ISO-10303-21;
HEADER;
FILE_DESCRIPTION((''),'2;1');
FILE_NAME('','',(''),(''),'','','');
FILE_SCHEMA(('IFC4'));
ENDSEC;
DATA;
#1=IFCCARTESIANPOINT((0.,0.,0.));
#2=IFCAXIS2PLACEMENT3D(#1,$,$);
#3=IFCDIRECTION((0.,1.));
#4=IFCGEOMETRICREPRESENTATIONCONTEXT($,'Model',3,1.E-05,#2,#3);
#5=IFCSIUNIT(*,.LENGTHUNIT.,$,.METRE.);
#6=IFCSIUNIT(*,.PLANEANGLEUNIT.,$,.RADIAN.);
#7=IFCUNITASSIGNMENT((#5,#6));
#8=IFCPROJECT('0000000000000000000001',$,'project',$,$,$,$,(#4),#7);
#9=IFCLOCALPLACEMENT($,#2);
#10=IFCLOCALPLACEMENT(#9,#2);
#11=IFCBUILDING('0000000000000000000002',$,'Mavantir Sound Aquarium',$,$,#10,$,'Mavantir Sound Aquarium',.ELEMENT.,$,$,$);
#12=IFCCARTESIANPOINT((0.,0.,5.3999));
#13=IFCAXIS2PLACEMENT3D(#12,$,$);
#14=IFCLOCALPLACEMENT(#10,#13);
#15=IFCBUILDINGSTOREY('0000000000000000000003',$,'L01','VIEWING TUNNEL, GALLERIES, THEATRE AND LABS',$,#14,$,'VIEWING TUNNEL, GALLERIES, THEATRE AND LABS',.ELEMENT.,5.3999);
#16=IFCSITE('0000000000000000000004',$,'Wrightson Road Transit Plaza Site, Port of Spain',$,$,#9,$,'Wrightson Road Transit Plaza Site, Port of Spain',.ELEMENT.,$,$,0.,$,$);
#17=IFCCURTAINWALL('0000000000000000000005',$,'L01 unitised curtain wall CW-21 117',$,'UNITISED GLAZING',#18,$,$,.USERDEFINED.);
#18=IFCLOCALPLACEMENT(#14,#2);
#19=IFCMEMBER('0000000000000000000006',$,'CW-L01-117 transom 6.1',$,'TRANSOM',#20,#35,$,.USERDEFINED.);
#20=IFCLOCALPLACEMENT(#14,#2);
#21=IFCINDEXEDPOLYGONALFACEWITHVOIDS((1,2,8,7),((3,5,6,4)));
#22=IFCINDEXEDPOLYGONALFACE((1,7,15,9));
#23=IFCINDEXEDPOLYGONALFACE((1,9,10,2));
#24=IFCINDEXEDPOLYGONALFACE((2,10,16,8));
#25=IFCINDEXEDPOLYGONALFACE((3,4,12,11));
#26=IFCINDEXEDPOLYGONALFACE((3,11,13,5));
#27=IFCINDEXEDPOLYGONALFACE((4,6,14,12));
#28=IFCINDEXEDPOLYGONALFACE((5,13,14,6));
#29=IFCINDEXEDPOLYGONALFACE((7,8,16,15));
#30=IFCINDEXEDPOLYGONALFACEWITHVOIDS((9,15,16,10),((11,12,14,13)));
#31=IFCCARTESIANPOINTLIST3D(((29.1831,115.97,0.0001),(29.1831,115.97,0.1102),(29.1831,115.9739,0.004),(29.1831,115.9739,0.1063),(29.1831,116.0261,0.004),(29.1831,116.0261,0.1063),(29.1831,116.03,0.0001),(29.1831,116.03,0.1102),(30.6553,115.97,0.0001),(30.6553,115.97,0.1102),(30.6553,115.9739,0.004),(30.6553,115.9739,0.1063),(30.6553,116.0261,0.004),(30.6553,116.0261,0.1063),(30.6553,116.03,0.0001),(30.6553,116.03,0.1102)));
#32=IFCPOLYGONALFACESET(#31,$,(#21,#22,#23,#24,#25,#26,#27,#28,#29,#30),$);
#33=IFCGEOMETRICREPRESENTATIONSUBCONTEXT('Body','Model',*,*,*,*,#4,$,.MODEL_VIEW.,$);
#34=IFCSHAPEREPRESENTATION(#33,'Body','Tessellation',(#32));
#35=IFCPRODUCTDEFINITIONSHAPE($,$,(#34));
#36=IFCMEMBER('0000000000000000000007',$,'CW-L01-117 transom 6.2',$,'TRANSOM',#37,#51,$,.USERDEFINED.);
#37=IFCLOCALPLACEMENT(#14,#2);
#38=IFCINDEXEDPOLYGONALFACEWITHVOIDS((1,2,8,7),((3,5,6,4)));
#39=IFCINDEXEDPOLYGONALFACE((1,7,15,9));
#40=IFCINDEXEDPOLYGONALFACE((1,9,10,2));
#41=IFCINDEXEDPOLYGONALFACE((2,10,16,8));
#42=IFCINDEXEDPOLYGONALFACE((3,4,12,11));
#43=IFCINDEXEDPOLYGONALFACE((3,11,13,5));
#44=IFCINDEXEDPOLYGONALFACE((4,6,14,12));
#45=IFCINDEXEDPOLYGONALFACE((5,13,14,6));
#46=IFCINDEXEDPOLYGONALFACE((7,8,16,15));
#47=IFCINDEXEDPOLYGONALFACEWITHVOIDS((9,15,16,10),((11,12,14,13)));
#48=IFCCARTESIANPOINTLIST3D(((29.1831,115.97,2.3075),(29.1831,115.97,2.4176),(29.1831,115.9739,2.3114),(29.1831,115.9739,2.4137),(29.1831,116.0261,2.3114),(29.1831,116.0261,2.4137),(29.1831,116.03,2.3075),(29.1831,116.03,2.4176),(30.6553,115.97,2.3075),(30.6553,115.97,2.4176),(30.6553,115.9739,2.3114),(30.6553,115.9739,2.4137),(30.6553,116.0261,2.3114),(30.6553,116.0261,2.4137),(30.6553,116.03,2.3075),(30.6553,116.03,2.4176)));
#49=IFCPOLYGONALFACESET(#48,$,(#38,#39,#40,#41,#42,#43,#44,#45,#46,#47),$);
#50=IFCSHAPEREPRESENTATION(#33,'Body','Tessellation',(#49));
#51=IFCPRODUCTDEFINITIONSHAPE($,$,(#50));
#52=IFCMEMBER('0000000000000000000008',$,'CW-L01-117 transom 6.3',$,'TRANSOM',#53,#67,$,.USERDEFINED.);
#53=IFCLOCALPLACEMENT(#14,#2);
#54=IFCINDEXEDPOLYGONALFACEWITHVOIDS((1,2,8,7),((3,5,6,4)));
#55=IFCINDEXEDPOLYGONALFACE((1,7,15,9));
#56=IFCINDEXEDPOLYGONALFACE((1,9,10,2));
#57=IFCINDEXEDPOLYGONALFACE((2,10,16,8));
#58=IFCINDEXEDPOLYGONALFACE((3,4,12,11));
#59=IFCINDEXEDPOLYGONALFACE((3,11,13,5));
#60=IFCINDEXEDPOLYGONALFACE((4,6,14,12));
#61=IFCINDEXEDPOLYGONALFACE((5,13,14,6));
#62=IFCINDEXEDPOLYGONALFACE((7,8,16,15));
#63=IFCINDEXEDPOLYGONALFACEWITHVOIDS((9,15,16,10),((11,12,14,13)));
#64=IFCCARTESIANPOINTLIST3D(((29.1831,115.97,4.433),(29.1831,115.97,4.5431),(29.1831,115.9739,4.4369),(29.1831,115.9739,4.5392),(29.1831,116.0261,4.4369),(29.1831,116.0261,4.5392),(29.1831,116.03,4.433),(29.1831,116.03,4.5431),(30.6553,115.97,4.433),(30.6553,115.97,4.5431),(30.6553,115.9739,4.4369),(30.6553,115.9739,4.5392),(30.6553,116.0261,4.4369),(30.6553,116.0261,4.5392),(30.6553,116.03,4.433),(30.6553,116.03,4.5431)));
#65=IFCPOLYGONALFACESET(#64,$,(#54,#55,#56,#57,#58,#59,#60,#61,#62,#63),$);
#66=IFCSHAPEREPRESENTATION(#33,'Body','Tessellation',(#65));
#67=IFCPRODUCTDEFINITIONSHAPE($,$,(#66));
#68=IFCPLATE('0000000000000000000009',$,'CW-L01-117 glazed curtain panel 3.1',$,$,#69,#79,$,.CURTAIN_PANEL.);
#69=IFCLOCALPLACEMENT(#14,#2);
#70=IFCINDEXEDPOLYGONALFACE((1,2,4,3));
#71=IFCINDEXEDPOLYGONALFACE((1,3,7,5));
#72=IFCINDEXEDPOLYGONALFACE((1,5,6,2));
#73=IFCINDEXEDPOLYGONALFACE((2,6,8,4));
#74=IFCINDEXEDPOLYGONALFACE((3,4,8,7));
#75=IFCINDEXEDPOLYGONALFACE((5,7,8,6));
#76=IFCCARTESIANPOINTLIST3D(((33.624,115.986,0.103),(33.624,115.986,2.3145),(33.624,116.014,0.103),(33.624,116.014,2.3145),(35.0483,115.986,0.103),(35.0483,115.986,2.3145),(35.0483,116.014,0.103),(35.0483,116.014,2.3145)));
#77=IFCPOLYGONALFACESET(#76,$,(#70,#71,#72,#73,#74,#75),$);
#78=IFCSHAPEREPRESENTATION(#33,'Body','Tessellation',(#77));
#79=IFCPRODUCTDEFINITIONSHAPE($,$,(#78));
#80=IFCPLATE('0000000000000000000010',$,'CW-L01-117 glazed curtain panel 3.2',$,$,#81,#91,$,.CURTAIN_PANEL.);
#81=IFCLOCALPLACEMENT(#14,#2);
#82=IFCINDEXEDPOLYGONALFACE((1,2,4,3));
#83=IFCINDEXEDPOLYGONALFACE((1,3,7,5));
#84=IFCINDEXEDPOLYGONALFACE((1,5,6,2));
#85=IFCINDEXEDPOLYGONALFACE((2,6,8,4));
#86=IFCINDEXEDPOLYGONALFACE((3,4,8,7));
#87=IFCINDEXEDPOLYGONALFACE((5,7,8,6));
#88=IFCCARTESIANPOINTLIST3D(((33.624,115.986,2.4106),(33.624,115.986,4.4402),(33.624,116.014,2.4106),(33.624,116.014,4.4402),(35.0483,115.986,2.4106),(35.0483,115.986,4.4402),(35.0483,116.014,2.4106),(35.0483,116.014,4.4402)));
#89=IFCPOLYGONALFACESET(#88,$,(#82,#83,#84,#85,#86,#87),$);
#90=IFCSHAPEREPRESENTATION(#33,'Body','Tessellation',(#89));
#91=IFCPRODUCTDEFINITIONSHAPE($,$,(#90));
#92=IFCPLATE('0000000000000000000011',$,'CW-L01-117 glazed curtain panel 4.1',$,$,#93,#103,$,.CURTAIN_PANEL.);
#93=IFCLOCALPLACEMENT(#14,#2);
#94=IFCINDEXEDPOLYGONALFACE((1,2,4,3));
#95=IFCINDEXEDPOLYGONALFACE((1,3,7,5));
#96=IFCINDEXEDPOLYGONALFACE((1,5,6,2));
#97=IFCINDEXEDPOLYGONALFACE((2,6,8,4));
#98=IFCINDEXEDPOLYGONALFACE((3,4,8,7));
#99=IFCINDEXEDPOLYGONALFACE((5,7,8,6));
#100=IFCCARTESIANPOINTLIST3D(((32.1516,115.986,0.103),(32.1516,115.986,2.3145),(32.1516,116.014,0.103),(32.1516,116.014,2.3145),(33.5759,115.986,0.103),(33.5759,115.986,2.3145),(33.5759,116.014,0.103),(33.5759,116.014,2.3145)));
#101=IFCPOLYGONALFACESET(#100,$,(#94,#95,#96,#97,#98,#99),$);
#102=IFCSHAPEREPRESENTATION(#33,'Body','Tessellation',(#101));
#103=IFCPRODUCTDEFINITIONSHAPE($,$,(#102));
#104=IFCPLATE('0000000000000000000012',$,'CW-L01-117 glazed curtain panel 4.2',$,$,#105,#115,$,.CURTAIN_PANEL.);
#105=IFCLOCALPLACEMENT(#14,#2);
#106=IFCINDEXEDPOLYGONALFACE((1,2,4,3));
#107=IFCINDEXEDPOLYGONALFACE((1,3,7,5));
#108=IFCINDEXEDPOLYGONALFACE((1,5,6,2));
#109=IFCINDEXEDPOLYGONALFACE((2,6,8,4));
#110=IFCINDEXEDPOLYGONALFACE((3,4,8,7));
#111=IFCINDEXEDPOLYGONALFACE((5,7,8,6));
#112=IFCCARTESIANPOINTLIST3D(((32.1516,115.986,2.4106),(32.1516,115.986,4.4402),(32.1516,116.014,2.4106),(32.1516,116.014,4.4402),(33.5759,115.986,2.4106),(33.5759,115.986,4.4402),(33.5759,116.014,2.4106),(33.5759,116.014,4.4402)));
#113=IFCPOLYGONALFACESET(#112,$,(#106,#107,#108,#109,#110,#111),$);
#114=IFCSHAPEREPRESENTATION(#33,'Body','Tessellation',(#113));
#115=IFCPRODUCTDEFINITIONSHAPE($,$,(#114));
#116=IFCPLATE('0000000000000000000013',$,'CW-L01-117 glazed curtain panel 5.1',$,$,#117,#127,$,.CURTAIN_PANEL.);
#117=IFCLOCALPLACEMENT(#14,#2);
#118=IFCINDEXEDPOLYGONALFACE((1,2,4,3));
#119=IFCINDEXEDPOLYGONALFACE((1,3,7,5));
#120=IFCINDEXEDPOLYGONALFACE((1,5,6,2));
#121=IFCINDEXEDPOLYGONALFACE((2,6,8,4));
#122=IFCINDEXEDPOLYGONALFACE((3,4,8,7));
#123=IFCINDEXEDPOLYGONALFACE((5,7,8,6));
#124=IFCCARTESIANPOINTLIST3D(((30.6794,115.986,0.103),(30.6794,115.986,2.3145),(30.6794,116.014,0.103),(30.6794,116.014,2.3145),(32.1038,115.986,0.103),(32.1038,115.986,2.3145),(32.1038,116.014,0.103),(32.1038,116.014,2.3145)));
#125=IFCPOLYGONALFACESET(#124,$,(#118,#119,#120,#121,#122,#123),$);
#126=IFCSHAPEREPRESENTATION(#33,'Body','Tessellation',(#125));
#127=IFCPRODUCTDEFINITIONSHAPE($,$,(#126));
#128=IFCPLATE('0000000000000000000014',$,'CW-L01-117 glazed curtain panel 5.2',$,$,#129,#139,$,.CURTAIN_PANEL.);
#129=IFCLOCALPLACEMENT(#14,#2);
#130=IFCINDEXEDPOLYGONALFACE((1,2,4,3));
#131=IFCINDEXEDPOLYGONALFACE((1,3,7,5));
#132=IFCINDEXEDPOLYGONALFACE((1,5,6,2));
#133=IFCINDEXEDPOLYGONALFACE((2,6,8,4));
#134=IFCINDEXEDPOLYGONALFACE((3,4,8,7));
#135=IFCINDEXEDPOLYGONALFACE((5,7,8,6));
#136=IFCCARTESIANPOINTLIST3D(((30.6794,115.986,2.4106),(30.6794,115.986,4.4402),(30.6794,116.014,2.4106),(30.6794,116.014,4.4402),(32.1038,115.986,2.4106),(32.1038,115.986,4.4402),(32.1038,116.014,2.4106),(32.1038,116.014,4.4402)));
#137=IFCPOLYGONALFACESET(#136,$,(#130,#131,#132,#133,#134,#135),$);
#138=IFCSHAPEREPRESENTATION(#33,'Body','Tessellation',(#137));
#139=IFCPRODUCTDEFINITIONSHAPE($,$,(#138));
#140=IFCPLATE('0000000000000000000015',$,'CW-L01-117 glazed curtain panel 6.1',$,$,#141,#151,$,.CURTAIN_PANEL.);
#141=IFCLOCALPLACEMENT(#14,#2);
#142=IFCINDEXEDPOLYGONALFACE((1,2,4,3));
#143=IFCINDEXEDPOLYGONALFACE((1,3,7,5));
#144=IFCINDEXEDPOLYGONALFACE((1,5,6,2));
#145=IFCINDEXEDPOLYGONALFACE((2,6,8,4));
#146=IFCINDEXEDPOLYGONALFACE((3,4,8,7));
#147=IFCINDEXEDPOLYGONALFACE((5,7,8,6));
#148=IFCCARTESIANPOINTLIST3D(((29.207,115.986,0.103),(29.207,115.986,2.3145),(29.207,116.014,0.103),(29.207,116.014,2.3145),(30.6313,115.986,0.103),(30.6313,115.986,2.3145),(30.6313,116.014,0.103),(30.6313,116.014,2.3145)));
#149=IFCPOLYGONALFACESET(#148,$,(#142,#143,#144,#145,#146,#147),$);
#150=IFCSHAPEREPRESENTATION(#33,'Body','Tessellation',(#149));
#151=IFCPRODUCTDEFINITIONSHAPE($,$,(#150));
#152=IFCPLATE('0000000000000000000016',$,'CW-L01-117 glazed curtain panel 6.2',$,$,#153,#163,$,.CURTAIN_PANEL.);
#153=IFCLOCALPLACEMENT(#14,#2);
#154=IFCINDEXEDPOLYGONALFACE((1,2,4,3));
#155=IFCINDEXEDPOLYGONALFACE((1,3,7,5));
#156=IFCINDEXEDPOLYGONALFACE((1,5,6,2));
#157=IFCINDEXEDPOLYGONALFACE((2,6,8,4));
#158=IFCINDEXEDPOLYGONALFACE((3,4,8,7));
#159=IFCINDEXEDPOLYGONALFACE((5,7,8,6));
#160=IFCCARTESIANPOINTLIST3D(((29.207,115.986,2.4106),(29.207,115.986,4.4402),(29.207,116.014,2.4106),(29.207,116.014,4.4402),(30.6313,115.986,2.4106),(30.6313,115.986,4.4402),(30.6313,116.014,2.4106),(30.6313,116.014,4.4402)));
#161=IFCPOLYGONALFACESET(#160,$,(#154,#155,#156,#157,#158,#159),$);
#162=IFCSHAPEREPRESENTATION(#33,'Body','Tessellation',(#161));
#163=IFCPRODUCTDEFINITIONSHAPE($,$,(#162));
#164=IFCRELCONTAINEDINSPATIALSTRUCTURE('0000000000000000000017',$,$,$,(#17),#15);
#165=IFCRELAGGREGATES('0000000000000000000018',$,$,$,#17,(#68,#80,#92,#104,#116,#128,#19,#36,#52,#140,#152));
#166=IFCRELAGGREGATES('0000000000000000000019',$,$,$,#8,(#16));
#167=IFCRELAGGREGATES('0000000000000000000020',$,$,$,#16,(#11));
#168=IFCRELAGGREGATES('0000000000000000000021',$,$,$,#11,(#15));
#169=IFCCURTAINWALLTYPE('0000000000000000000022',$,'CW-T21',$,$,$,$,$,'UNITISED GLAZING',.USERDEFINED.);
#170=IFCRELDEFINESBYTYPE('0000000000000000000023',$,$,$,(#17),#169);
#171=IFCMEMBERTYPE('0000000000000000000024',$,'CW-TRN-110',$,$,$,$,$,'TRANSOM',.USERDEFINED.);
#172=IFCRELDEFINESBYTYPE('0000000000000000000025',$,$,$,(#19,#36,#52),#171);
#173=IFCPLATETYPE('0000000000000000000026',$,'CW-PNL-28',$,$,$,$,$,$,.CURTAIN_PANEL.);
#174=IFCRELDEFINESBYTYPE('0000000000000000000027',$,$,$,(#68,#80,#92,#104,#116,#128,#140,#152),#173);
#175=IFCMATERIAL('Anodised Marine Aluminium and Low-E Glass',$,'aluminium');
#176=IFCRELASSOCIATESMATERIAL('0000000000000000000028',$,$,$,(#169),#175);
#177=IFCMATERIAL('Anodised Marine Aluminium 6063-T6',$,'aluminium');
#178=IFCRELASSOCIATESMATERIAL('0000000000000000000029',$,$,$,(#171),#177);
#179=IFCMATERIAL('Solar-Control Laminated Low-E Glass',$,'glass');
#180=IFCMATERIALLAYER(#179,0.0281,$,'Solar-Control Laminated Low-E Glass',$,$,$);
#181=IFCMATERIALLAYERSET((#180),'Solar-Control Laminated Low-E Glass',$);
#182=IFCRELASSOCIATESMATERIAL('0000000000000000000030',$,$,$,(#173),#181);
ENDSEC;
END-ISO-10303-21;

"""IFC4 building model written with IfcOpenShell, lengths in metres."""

from ifc_helpers import new_model, si_unit, direction, frame, origin, origin_2d, place, context, subcontext, project, spatial, rectangle, hollow_rectangle, extrude, material, layer, layer_set, material_profile, profile_set, type_object, element, aggregate, save


model = new_model("IFC4")

# Units and contexts
model_context = context("Model", 3, precision=1e-05, world=origin(), true_north=direction((0.0, 1.0)))
body_context = subcontext(model_context, "Body", "Model", "MODEL_VIEW")
ifc_project = project(units=[si_unit("LENGTHUNIT", "METRE"), si_unit("PLANEANGLEUNIT", "RADIAN")], contexts=[model_context])

# Site, building, storey
site_placement = place(None, origin())
site = spatial("IfcSite", under=ifc_project, at=site_placement, Name="Wrightson Road Transit Plaza Site, Port of Spain", LongName="Wrightson Road Transit Plaza Site, Port of Spain", CompositionType="ELEMENT", RefElevation=0.0)
building_placement = place(site_placement, origin())
building = spatial("IfcBuilding", under=site, at=building_placement, Name="Mavantir Sound Aquarium", LongName="Mavantir Sound Aquarium", CompositionType="ELEMENT")
storey_placement = place(building_placement, frame((0.0, 0.0, 5.3999)))
storey = spatial("IfcBuildingStorey", under=building, at=storey_placement, Name="L01", Description="VIEWING TUNNEL, GALLERIES, THEATRE AND LABS", LongName="VIEWING TUNNEL, GALLERIES, THEATRE AND LABS", CompositionType="ELEMENT", Elevation=5.3999)

# Curtain wall, members, plates
ifc_material_1 = material(Name="Anodised Marine Aluminium and Low-E Glass", Category="aluminium")
curtain_wall_type = type_object("IfcCurtainWallType", Name="CW-T21", ElementType="UNITISED GLAZING", PredefinedType="USERDEFINED", material=ifc_material_1)
curtain_wall_placement = place(storey_placement, origin())
curtain_wall = element("IfcCurtainWall", 1, at=curtain_wall_placement, inside=storey, type_object=curtain_wall_type, Name="L01 unitised curtain wall CW-21 117", ObjectType="UNITISED GLAZING", PredefinedType="USERDEFINED")
ifc_material_2 = material(Name="Anodised Marine Aluminium 6063-T6", Category="aluminium")
ifc_material_profile_1 = material_profile(ifc_material_2, hollow_rectangle(XDim=0.0601, YDim=0.1101, WallThickness=0.0039, at=origin_2d()), Name="ALU-TRANSOM-110X60")
ifc_profile_set_1 = profile_set([ifc_material_profile_1], Name="Anodised Marine Aluminium 6063-T6")
member_type_1 = type_object("IfcMemberType", Name="CW-TRN-110", ElementType="TRANSOM", PredefinedType="USERDEFINED", material=ifc_profile_set_1)
member_1_placement = place(storey_placement, frame((30.6553, 116.0, 0.0552), z_axis=(-1.0, 0.0, 0.0), x_axis=(0.0, -1.0, 0.0)))
member_1 = element("IfcMember", 2, at=member_1_placement, type_object=member_type_1, Name="CW-L01-117 transom 6.1", ObjectType="TRANSOM", PredefinedType="USERDEFINED", context=body_context, shape_type="SweptSolid", body=[
    extrude(hollow_rectangle(XDim=0.0601, YDim=0.1101, WallThickness=0.0039, at=origin_2d()), origin(), (0.0, 0.0, 1.0), 1.4722),
])
member_2_placement = place(storey_placement, frame((30.6553, 116.0, 2.3625), z_axis=(-1.0, 0.0, 0.0), x_axis=(0.0, -1.0, 0.0)))
member_2 = element("IfcMember", 3, at=member_2_placement, type_object=member_type_1, Name="CW-L01-117 transom 6.2", ObjectType="TRANSOM", PredefinedType="USERDEFINED", context=body_context, shape_type="SweptSolid", body=[
    extrude(hollow_rectangle(XDim=0.0601, YDim=0.1101, WallThickness=0.0039, at=origin_2d()), origin(), (0.0, 0.0, 1.0), 1.4722),
])
member_3_placement = place(storey_placement, frame((30.6553, 116.0, 4.488), z_axis=(-1.0, 0.0, 0.0), x_axis=(0.0, -1.0, 0.0)))
member_3 = element("IfcMember", 4, at=member_3_placement, type_object=member_type_1, Name="CW-L01-117 transom 6.3", ObjectType="TRANSOM", PredefinedType="USERDEFINED", context=body_context, shape_type="SweptSolid", body=[
    extrude(hollow_rectangle(XDim=0.0601, YDim=0.1101, WallThickness=0.0039, at=origin_2d()), origin(), (0.0, 0.0, 1.0), 1.4722),
])
ifc_material_3 = material(Name="Solar-Control Laminated Low-E Glass", Category="glass")
ifc_layer = layer(ifc_material_3, 0.0281, Name="Solar-Control Laminated Low-E Glass")
ifc_layer_set = layer_set([ifc_layer], Name="Solar-Control Laminated Low-E Glass")
plate_type = type_object("IfcPlateType", Name="CW-PNL-28", PredefinedType="CURTAIN_PANEL", material=ifc_layer_set)
plate_1_placement = place(storey_placement, frame((34.3362, 116.0, 0.103), z_axis=(0.0, 0.0, 1.0), x_axis=(-1.0, 0.0, 0.0)))
plate_1 = element("IfcPlate", 5, at=plate_1_placement, type_object=plate_type, Name="CW-L01-117 glazed curtain panel 3.1", PredefinedType="CURTAIN_PANEL", context=body_context, shape_type="SweptSolid", body=[
    extrude(rectangle(XDim=1.4243, YDim=0.0281, at=origin_2d()), origin(), (0.0, 0.0, 1.0), 2.2114),
])
plate_2_placement = place(storey_placement, frame((34.3362, 116.0, 2.4106), z_axis=(0.0, 0.0, 1.0), x_axis=(-1.0, 0.0, 0.0)))
plate_2 = element("IfcPlate", 6, at=plate_2_placement, type_object=plate_type, Name="CW-L01-117 glazed curtain panel 3.2", PredefinedType="CURTAIN_PANEL", context=body_context, shape_type="SweptSolid", body=[
    extrude(rectangle(XDim=1.4243, YDim=0.0281, at=origin_2d()), origin(), (0.0, 0.0, 1.0), 2.0295),
])
plate_3_placement = place(storey_placement, frame((32.8638, 116.0, 0.103), z_axis=(0.0, 0.0, 1.0), x_axis=(-1.0, 0.0, 0.0)))
plate_3 = element("IfcPlate", 7, at=plate_3_placement, type_object=plate_type, Name="CW-L01-117 glazed curtain panel 4.1", PredefinedType="CURTAIN_PANEL", context=body_context, shape_type="SweptSolid", body=[
    extrude(rectangle(XDim=1.4243, YDim=0.0281, at=origin_2d()), origin(), (0.0, 0.0, 1.0), 2.2114),
])
plate_4_placement = place(storey_placement, frame((32.8638, 116.0, 2.4106), z_axis=(0.0, 0.0, 1.0), x_axis=(-1.0, 0.0, 0.0)))
plate_4 = element("IfcPlate", 8, at=plate_4_placement, type_object=plate_type, Name="CW-L01-117 glazed curtain panel 4.2", PredefinedType="CURTAIN_PANEL", context=body_context, shape_type="SweptSolid", body=[
    extrude(rectangle(XDim=1.4243, YDim=0.0281, at=origin_2d()), origin(), (0.0, 0.0, 1.0), 2.0295),
])
plate_5_placement = place(storey_placement, frame((31.3916, 116.0, 0.103), z_axis=(0.0, 0.0, 1.0), x_axis=(-1.0, 0.0, 0.0)))
plate_5 = element("IfcPlate", 9, at=plate_5_placement, type_object=plate_type, Name="CW-L01-117 glazed curtain panel 5.1", PredefinedType="CURTAIN_PANEL", context=body_context, shape_type="SweptSolid", body=[
    extrude(rectangle(XDim=1.4243, YDim=0.0281, at=origin_2d()), origin(), (0.0, 0.0, 1.0), 2.2114),
])
plate_6_placement = place(storey_placement, frame((31.3916, 116.0, 2.4106), z_axis=(0.0, 0.0, 1.0), x_axis=(-1.0, 0.0, 0.0)))
plate_6 = element("IfcPlate", 10, at=plate_6_placement, type_object=plate_type, Name="CW-L01-117 glazed curtain panel 5.2", PredefinedType="CURTAIN_PANEL", context=body_context, shape_type="SweptSolid", body=[
    extrude(rectangle(XDim=1.4243, YDim=0.0281, at=origin_2d()), origin(), (0.0, 0.0, 1.0), 2.0295),
])
plate_7_placement = place(storey_placement, frame((29.9192, 116.0, 0.103), z_axis=(0.0, 0.0, 1.0), x_axis=(-1.0, 0.0, 0.0)))
plate_7 = element("IfcPlate", 11, at=plate_7_placement, type_object=plate_type, Name="CW-L01-117 glazed curtain panel 6.1", PredefinedType="CURTAIN_PANEL", context=body_context, shape_type="SweptSolid", body=[
    extrude(rectangle(XDim=1.4243, YDim=0.0281, at=origin_2d()), origin(), (0.0, 0.0, 1.0), 2.2114),
])
plate_8_placement = place(storey_placement, frame((29.9192, 116.0, 2.4106), z_axis=(0.0, 0.0, 1.0), x_axis=(-1.0, 0.0, 0.0)))
plate_8 = element("IfcPlate", 12, at=plate_8_placement, type_object=plate_type, Name="CW-L01-117 glazed curtain panel 6.2", PredefinedType="CURTAIN_PANEL", context=body_context, shape_type="SweptSolid", body=[
    extrude(rectangle(XDim=1.4243, YDim=0.0281, at=origin_2d()), origin(), (0.0, 0.0, 1.0), 2.0295),
])
aggregate(curtain_wall, [plate_1, plate_2, plate_3, plate_4, plate_5, plate_6, member_1, member_2, member_3, plate_7, plate_8])

save(model, "model.ifc")
